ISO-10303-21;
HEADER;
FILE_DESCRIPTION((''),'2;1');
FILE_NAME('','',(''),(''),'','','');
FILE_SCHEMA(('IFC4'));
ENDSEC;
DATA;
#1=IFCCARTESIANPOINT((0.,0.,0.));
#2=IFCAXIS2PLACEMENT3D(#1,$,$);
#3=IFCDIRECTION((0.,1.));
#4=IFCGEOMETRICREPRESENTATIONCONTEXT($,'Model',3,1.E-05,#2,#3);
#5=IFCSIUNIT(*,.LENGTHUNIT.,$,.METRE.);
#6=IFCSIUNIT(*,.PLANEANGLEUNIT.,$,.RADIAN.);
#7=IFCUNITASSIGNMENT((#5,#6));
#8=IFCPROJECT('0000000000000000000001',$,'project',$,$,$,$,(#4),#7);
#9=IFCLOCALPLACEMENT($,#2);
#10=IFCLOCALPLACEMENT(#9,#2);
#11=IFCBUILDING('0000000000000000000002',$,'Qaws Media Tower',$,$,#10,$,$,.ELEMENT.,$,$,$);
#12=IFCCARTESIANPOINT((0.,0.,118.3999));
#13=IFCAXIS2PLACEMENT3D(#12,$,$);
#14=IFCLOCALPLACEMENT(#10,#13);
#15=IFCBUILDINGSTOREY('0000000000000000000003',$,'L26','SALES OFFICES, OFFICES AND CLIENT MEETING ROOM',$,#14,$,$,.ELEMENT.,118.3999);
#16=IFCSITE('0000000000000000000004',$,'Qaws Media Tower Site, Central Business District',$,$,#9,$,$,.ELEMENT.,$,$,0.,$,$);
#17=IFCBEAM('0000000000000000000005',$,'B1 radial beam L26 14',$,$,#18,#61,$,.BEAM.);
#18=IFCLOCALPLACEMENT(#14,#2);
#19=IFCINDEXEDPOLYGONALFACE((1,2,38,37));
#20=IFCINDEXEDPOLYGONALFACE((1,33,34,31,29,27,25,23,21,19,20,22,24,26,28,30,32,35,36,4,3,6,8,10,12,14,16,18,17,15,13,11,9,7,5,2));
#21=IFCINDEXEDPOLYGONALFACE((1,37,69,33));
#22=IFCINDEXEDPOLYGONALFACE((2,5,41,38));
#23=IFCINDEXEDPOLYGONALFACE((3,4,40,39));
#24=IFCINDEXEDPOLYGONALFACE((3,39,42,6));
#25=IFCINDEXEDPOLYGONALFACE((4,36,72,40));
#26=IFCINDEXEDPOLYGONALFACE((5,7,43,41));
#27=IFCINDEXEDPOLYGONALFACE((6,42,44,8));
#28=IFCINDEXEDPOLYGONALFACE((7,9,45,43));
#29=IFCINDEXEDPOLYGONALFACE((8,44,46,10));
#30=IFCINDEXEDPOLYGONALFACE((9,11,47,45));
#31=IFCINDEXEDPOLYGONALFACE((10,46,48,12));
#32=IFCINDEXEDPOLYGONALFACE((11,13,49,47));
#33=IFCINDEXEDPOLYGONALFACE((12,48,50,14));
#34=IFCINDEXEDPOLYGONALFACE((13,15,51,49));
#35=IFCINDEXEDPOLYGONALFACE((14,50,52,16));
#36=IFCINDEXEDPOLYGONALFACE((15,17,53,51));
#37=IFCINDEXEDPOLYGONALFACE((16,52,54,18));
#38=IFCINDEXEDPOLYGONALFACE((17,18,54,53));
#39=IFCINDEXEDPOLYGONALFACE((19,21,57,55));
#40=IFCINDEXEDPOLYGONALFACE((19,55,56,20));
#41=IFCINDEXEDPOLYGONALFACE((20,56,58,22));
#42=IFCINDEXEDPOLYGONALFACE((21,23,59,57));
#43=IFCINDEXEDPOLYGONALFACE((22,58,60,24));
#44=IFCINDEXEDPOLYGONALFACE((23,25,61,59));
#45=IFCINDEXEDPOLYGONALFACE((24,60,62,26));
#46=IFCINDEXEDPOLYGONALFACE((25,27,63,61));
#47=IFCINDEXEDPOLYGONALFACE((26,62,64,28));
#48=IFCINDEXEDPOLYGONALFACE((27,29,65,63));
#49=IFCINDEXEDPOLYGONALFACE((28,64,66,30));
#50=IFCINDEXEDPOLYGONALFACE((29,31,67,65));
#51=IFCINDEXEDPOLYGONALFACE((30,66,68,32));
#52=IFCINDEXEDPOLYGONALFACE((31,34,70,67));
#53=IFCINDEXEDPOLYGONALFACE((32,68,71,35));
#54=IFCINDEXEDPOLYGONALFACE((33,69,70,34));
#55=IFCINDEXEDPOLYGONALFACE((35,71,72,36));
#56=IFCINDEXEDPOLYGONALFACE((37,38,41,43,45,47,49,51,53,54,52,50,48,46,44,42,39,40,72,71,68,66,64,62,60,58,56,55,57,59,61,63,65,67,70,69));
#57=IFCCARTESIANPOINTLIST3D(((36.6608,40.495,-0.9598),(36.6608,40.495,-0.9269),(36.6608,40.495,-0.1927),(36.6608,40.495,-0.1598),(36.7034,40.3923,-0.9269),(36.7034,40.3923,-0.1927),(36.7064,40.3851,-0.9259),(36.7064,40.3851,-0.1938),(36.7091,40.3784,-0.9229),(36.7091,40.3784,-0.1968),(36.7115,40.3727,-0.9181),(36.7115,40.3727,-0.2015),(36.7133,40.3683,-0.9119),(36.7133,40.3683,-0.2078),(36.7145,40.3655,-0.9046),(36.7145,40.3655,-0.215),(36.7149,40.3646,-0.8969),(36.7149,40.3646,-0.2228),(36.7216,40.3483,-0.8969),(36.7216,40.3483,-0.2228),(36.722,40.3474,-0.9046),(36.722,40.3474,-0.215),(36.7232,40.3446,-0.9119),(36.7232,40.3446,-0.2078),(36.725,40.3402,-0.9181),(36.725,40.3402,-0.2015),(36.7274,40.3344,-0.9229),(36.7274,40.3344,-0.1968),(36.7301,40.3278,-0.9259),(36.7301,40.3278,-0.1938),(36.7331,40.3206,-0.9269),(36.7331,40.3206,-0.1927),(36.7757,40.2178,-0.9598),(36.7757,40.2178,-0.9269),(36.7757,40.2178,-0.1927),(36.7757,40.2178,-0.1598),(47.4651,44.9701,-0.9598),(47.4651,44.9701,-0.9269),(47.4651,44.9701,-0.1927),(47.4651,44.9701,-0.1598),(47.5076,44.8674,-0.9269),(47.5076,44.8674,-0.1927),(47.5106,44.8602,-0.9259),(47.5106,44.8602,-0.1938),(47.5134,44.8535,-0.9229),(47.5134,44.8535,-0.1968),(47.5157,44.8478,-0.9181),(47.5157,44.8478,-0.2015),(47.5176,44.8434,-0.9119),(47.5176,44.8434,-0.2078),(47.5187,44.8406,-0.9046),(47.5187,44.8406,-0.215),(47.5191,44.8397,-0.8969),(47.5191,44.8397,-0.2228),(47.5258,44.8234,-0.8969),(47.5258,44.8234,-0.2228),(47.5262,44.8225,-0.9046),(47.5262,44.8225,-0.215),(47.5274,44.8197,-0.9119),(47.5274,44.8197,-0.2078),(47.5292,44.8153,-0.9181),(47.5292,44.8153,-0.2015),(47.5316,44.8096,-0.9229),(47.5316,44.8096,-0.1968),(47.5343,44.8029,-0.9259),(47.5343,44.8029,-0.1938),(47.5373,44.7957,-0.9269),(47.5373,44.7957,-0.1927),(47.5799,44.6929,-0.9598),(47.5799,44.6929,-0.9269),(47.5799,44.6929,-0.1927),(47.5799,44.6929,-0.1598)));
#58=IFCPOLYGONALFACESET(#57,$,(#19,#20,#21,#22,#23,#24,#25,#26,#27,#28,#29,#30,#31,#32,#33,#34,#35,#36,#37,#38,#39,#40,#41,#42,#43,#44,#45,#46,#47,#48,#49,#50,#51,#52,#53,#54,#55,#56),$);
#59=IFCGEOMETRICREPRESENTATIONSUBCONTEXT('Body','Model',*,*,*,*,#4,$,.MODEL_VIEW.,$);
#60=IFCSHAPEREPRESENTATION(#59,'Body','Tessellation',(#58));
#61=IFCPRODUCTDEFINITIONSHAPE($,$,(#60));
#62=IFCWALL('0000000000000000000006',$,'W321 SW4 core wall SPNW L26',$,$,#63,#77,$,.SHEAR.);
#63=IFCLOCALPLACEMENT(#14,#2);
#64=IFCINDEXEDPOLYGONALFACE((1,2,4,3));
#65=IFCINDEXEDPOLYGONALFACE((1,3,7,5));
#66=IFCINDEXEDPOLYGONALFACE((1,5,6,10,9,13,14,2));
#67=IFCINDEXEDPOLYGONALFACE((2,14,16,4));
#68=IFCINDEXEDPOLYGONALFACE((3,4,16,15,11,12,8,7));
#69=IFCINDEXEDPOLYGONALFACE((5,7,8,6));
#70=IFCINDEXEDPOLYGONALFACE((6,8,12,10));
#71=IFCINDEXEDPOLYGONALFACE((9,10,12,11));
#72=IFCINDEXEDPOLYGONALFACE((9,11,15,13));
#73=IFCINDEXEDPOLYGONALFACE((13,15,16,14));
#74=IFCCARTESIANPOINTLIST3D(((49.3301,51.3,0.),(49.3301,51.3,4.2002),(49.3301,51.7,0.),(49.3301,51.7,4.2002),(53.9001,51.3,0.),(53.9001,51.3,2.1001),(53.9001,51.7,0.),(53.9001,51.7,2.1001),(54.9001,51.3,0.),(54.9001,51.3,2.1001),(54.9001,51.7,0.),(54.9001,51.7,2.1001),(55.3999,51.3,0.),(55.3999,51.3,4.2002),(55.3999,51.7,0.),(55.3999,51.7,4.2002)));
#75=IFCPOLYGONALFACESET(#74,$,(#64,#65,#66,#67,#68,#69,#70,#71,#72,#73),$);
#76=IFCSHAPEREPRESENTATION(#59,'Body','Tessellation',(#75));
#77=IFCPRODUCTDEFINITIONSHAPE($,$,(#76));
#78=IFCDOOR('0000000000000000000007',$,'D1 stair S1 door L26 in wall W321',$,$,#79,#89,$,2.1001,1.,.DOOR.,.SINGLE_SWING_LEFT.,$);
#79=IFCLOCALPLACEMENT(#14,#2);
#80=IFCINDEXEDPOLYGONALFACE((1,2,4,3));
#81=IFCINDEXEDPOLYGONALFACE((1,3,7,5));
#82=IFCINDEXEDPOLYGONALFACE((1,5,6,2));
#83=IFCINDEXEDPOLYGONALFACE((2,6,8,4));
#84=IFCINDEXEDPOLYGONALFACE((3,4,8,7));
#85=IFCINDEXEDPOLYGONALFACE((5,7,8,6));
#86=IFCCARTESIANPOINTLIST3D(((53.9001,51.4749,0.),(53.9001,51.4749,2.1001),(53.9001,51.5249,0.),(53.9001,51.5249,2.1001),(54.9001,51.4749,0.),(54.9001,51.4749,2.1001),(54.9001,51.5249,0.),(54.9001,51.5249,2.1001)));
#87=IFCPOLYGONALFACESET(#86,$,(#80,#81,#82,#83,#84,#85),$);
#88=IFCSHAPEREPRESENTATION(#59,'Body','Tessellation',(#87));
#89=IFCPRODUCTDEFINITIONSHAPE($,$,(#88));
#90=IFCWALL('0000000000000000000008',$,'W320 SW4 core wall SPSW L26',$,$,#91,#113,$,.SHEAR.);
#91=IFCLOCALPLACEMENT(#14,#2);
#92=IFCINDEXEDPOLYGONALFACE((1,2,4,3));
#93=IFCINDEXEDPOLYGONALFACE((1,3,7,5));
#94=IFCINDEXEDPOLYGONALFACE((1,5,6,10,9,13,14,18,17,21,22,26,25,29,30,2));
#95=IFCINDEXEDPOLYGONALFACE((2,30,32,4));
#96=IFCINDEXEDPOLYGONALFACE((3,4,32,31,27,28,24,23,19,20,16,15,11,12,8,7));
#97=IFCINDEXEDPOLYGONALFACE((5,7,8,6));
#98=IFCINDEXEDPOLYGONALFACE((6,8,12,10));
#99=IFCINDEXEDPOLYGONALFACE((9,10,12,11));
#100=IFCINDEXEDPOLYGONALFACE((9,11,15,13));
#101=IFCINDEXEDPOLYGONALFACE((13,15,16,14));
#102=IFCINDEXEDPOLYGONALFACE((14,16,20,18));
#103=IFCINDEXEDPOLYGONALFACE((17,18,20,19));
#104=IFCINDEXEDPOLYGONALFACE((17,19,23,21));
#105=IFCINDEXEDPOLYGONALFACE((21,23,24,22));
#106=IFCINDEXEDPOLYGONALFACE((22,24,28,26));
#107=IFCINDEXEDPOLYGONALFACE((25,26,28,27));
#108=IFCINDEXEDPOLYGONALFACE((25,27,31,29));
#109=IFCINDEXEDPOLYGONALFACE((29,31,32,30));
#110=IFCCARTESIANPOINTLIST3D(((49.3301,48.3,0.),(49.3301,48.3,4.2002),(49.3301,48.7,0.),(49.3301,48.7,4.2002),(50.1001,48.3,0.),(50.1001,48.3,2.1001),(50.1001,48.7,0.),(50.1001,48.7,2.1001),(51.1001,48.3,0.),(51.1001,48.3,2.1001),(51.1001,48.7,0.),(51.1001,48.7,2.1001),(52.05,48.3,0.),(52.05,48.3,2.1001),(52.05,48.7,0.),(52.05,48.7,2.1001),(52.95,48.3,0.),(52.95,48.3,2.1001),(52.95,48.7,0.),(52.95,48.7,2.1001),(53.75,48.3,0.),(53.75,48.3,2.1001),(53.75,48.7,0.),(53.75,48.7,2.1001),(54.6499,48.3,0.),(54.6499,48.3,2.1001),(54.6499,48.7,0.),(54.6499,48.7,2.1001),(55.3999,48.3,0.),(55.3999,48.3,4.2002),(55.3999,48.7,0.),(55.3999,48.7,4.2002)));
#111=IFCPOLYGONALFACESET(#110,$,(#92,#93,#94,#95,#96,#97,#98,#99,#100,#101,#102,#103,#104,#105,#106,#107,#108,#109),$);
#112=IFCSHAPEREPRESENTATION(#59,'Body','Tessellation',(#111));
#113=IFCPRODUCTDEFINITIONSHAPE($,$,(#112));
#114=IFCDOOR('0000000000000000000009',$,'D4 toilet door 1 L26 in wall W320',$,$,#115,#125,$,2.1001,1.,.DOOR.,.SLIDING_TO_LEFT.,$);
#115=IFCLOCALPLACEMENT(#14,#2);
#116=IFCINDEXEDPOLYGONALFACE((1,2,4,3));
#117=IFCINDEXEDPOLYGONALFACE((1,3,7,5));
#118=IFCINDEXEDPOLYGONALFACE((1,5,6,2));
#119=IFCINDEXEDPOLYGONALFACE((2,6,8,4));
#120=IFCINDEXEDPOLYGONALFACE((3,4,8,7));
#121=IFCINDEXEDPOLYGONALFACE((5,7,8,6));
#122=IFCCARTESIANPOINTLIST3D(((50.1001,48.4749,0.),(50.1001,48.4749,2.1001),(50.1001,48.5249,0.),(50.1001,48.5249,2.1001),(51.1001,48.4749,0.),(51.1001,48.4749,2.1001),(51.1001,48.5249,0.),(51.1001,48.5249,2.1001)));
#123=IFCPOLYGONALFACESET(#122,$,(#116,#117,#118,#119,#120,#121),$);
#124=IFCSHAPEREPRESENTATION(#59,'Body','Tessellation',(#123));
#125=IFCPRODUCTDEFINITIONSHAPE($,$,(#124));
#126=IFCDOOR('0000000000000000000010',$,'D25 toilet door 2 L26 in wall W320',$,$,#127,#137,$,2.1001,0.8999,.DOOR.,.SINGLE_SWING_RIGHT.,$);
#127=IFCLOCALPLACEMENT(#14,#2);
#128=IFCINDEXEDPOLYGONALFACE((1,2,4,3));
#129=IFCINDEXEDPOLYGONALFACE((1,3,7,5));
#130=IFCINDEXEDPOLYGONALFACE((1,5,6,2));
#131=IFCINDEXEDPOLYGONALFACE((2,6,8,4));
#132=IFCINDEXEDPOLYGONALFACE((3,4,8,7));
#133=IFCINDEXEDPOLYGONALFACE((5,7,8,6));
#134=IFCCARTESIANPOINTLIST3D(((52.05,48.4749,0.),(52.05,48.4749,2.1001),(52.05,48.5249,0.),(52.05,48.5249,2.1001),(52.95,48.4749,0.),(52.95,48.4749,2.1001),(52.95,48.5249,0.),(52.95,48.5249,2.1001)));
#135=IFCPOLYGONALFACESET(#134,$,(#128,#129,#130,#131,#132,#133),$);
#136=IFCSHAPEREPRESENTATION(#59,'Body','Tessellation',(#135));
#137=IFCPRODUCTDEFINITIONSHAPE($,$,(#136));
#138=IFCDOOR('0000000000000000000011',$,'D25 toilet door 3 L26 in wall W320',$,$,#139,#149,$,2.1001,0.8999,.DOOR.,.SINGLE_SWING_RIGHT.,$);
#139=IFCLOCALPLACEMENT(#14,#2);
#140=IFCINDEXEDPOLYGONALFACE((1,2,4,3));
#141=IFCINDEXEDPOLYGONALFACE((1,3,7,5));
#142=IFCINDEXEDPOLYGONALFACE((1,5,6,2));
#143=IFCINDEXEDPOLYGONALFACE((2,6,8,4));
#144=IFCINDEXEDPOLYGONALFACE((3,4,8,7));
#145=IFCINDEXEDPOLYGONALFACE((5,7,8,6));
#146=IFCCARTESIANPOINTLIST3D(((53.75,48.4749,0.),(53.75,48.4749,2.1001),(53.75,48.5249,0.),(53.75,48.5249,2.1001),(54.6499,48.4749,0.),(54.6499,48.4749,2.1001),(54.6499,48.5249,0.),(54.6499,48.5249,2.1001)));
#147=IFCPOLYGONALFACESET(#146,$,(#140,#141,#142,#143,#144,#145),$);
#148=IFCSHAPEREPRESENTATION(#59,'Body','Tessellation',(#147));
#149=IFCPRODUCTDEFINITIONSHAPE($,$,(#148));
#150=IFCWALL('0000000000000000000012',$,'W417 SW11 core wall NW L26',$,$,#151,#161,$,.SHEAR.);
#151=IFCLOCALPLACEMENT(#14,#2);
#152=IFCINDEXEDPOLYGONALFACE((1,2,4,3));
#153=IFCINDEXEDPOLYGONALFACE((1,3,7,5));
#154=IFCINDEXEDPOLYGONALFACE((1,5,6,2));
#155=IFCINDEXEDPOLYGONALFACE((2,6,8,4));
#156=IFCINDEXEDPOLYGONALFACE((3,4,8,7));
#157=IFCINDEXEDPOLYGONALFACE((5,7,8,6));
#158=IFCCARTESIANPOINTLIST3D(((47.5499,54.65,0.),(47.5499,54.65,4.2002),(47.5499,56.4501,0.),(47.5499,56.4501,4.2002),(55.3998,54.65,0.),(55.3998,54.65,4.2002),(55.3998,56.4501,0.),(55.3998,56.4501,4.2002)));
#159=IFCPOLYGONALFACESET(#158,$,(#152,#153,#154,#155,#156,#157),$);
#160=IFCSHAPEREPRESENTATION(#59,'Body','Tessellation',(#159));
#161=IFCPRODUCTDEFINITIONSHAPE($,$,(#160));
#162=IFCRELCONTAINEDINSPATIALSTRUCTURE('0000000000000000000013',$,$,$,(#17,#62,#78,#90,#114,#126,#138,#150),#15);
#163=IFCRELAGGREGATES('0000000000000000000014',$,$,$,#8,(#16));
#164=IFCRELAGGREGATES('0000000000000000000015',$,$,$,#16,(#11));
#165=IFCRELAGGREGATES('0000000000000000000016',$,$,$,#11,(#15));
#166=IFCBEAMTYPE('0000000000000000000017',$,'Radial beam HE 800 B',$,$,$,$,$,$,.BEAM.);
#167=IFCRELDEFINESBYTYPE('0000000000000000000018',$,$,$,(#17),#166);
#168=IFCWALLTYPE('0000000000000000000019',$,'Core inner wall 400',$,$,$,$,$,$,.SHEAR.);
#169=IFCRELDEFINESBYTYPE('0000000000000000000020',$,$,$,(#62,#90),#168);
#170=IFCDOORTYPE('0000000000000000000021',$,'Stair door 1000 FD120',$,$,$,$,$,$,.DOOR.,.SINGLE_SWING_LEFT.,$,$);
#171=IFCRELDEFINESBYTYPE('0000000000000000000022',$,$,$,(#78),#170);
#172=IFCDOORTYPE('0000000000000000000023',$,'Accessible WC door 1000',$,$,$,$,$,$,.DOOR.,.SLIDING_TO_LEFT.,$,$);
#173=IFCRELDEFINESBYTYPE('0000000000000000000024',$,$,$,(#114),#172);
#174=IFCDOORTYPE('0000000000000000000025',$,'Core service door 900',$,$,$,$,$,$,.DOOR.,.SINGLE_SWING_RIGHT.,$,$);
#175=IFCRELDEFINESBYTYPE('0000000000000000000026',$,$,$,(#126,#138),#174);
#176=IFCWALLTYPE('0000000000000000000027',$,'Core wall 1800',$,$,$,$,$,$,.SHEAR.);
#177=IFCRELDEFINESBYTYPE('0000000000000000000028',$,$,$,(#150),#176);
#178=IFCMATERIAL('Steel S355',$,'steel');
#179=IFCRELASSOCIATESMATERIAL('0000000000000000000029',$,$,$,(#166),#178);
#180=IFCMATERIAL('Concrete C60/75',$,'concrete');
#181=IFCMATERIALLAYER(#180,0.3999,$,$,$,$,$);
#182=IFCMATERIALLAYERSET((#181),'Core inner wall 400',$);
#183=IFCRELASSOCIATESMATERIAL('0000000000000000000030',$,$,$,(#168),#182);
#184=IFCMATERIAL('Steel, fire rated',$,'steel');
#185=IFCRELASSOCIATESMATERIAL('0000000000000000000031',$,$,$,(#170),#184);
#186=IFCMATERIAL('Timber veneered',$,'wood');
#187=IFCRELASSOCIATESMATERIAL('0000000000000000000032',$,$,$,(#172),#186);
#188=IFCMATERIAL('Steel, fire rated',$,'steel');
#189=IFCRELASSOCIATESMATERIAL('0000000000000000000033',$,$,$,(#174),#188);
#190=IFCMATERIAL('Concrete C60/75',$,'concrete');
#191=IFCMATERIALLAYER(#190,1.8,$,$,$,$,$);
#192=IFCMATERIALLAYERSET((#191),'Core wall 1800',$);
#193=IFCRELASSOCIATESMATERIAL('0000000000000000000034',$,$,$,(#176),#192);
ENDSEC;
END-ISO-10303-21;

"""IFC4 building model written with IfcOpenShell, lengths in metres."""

from ifc_helpers import new_model, si_unit, direction, frame, frame_2d, origin, origin_2d, place, context, subcontext, project, spatial, rectangle, i_section, extrude, material, layer, layer_set, material_profile, profile_set, type_object, element, fill, save


model = new_model("IFC4")

# Units and contexts
model_context = context("Model", 3, precision=1e-05, world=origin(), true_north=direction((0.0, 1.0)))
body_context = subcontext(model_context, "Body", "Model", "MODEL_VIEW")
ifc_project = project(units=[si_unit("LENGTHUNIT", "METRE"), si_unit("PLANEANGLEUNIT", "RADIAN")], contexts=[model_context])

# Site, building, storey
site_placement = place(None, origin())
site = spatial("IfcSite", under=ifc_project, at=site_placement, Name="Qaws Media Tower Site, Central Business District", CompositionType="ELEMENT", RefElevation=0.0)
building_placement = place(site_placement, origin())
building = spatial("IfcBuilding", under=site, at=building_placement, Name="Qaws Media Tower", CompositionType="ELEMENT")
storey_placement = place(building_placement, frame((0.0, 0.0, 118.3999)))
storey = spatial("IfcBuildingStorey", under=building, at=storey_placement, Name="L26", Description="SALES OFFICES, OFFICES AND CLIENT MEETING ROOM", CompositionType="ELEMENT", Elevation=118.3999)

# Beam
ifc_material_1 = material(Name="Steel S355", Category="steel")
ifc_material_profile_1 = material_profile(ifc_material_1, i_section(OverallWidth=0.3, OverallDepth=0.8, WebThickness=0.0176, FlangeThickness=0.033, FilletRadius=0.03, at=origin_2d()), Name="HE 800 B")
ifc_profile_set_1 = profile_set([ifc_material_profile_1], Name="Steel S355")
beam_type_1 = type_object("IfcBeamType", Name="Radial beam HE 800 B", PredefinedType="BEAM", material=ifc_profile_set_1)
beam_1_placement = place(storey_placement, frame((47.5225, 44.8315, -0.5598), z_axis=(-0.923884, -0.382673, 0.0), x_axis=(0.382673, -0.923884, 0.0)))
element("IfcBeam", 1, at=beam_1_placement, inside=storey, type_object=beam_type_1, Name="B1 radial beam L26 14", PredefinedType="BEAM", context=body_context, shape_type="SweptSolid", body=[
    extrude(i_section(OverallWidth=0.3, OverallDepth=0.8, WebThickness=0.0176, FlangeThickness=0.033, FilletRadius=0.03, at=origin_2d()), origin(), (0.0, 0.0, 1.0), 11.6943),
])

# Wall, opening, door
ifc_material_2 = material(Name="Concrete C60/75", Category="concrete")
ifc_layer_1 = layer(ifc_material_2, 0.3999)
ifc_layer_set_1 = layer_set([ifc_layer_1], Name="Core inner wall 400")
wall_type_1 = type_object("IfcWallType", Name="Core inner wall 400", PredefinedType="SHEAR", material=ifc_layer_set_1)
wall_1_placement = place(storey_placement, frame((49.3301, 51.5, 0.0), z_axis=(0.0, 0.0, 1.0), x_axis=(1.0, 0.0, 0.0)))
wall_1 = element("IfcWall", 2, at=wall_1_placement, inside=storey, type_object=wall_type_1, Name="W321 SW4 core wall SPNW L26", PredefinedType="SHEAR", context=body_context, shape_type="SweptSolid", body=[
    extrude(rectangle(XDim=6.0698, YDim=0.3999, at=frame_2d((3.0349, 0.0))), origin(), (0.0, 0.0, 1.0), 4.2002),
])
opening_1_placement = place(wall_1_placement, frame((4.5701, 0.0, 0.0)))
opening_1 = element("IfcOpeningElement", 3, at=opening_1_placement, cuts=wall_1, PredefinedType="OPENING", context=body_context, shape_type="SweptSolid", body=[
    extrude(rectangle(XDim=1.0, YDim=2.1001, at=frame_2d((0.5, 1.05))), frame((0.0, 0.21, 0.0), z_axis=(0.0, -1.0, 0.0), x_axis=(1.0, 0.0, 0.0)), (0.0, 0.0, 1.0), 0.4199),
])
ifc_material_3 = material(Name="Steel, fire rated", Category="steel")
door_type_1 = type_object("IfcDoorType", Name="Stair door 1000 FD120", OperationType="SINGLE_SWING_LEFT", PredefinedType="DOOR", material=ifc_material_3)
door_1_placement = place(opening_1_placement, origin())
door_1 = element("IfcDoor", 4, at=door_1_placement, inside=storey, type_object=door_type_1, Name="D1 stair S1 door L26 in wall W321", OperationType="SINGLE_SWING_LEFT", OverallHeight=2.1001, OverallWidth=1.0, PredefinedType="DOOR", context=body_context, shape_type="SweptSolid", body=[
    extrude(rectangle(XDim=1.0, YDim=2.1001, at=frame_2d((0.5, 1.05))), frame((0.0, 0.0249, 0.0), z_axis=(0.0, -1.0, 0.0), x_axis=(1.0, 0.0, 0.0)), (0.0, 0.0, 1.0), 0.05),
])
fill(opening_1, door_1)

# Wall, openings, doors
wall_2_placement = place(storey_placement, frame((49.3301, 48.5, 0.0), z_axis=(0.0, 0.0, 1.0), x_axis=(1.0, 0.0, 0.0)))
wall_2 = element("IfcWall", 5, at=wall_2_placement, inside=storey, type_object=wall_type_1, Name="W320 SW4 core wall SPSW L26", PredefinedType="SHEAR", context=body_context, shape_type="SweptSolid", body=[
    extrude(rectangle(XDim=6.0698, YDim=0.3999, at=frame_2d((3.0349, 0.0))), origin(), (0.0, 0.0, 1.0), 4.2002),
])
opening_2_placement = place(wall_2_placement, frame((0.77, 0.0, 0.0)))
opening_2 = element("IfcOpeningElement", 6, at=opening_2_placement, cuts=wall_2, PredefinedType="OPENING", context=body_context, shape_type="SweptSolid", body=[
    extrude(rectangle(XDim=1.0, YDim=2.1001, at=frame_2d((0.5, 1.05))), frame((0.0, 0.21, 0.0), z_axis=(0.0, -1.0, 0.0), x_axis=(1.0, 0.0, 0.0)), (0.0, 0.0, 1.0), 0.4199),
])
opening_3_placement = place(wall_2_placement, frame((2.72, 0.0, 0.0)))
opening_3 = element("IfcOpeningElement", 7, at=opening_3_placement, cuts=wall_2, PredefinedType="OPENING", context=body_context, shape_type="SweptSolid", body=[
    extrude(rectangle(XDim=0.8999, YDim=2.1001, at=frame_2d((0.45, 1.05))), frame((0.0, 0.21, 0.0), z_axis=(0.0, -1.0, 0.0), x_axis=(1.0, 0.0, 0.0)), (0.0, 0.0, 1.0), 0.4199),
])
opening_4_placement = place(wall_2_placement, frame((4.4199, 0.0, 0.0)))
opening_4 = element("IfcOpeningElement", 8, at=opening_4_placement, cuts=wall_2, PredefinedType="OPENING", context=body_context, shape_type="SweptSolid", body=[
    extrude(rectangle(XDim=0.8999, YDim=2.1001, at=frame_2d((0.45, 1.05))), frame((0.0, 0.21, 0.0), z_axis=(0.0, -1.0, 0.0), x_axis=(1.0, 0.0, 0.0)), (0.0, 0.0, 1.0), 0.4199),
])
ifc_material_4 = material(Name="Timber veneered", Category="wood")
door_type_2 = type_object("IfcDoorType", Name="Accessible WC door 1000", OperationType="SLIDING_TO_LEFT", PredefinedType="DOOR", material=ifc_material_4)
door_2_placement = place(opening_2_placement, origin())
door_2 = element("IfcDoor", 9, at=door_2_placement, inside=storey, type_object=door_type_2, Name="D4 toilet door 1 L26 in wall W320", OperationType="SLIDING_TO_LEFT", OverallHeight=2.1001, OverallWidth=1.0, PredefinedType="DOOR", context=body_context, shape_type="SweptSolid", body=[
    extrude(rectangle(XDim=1.0, YDim=2.1001, at=frame_2d((0.5, 1.05))), frame((0.0, 0.0249, 0.0), z_axis=(0.0, -1.0, 0.0), x_axis=(1.0, 0.0, 0.0)), (0.0, 0.0, 1.0), 0.05),
])
fill(opening_2, door_2)
ifc_material_5 = material(Name="Steel, fire rated", Category="steel")
door_type_3 = type_object("IfcDoorType", Name="Core service door 900", OperationType="SINGLE_SWING_RIGHT", PredefinedType="DOOR", material=ifc_material_5)
door_3_placement = place(opening_3_placement, origin())
door_3 = element("IfcDoor", 10, at=door_3_placement, inside=storey, type_object=door_type_3, Name="D25 toilet door 2 L26 in wall W320", OperationType="SINGLE_SWING_RIGHT", OverallHeight=2.1001, OverallWidth=0.8999, PredefinedType="DOOR", context=body_context, shape_type="SweptSolid", body=[
    extrude(rectangle(XDim=0.8999, YDim=2.1001, at=frame_2d((0.45, 1.05))), frame((0.0, 0.0249, 0.0), z_axis=(0.0, -1.0, 0.0), x_axis=(1.0, 0.0, 0.0)), (0.0, 0.0, 1.0), 0.05),
])
fill(opening_3, door_3)
door_4_placement = place(opening_4_placement, origin())
door_4 = element("IfcDoor", 11, at=door_4_placement, inside=storey, type_object=door_type_3, Name="D25 toilet door 3 L26 in wall W320", OperationType="SINGLE_SWING_RIGHT", OverallHeight=2.1001, OverallWidth=0.8999, PredefinedType="DOOR", context=body_context, shape_type="SweptSolid", body=[
    extrude(rectangle(XDim=0.8999, YDim=2.1001, at=frame_2d((0.45, 1.05))), frame((0.0, 0.0249, 0.0), z_axis=(0.0, -1.0, 0.0), x_axis=(1.0, 0.0, 0.0)), (0.0, 0.0, 1.0), 0.05),
])
fill(opening_4, door_4)

# Wall
ifc_material_6 = material(Name="Concrete C60/75", Category="concrete")
ifc_layer_2 = layer(ifc_material_6, 1.8)
ifc_layer_set_2 = layer_set([ifc_layer_2], Name="Core wall 1800")
wall_type_2 = type_object("IfcWallType", Name="Core wall 1800", PredefinedType="SHEAR", material=ifc_layer_set_2)
wall_3_placement = place(storey_placement, frame((47.55, 55.55, 0.0), z_axis=(0.0, 0.0, 1.0), x_axis=(1.0, 0.0, 0.0)))
element("IfcWall", 12, at=wall_3_placement, inside=storey, type_object=wall_type_2, Name="W417 SW11 core wall NW L26", PredefinedType="SHEAR", context=body_context, shape_type="SweptSolid", body=[
    extrude(rectangle(XDim=7.8499, YDim=1.8, at=frame_2d((3.9248, 0.0))), origin(), (0.0, 0.0, 1.0), 4.2002),
])

save(model, "model.ifc")
